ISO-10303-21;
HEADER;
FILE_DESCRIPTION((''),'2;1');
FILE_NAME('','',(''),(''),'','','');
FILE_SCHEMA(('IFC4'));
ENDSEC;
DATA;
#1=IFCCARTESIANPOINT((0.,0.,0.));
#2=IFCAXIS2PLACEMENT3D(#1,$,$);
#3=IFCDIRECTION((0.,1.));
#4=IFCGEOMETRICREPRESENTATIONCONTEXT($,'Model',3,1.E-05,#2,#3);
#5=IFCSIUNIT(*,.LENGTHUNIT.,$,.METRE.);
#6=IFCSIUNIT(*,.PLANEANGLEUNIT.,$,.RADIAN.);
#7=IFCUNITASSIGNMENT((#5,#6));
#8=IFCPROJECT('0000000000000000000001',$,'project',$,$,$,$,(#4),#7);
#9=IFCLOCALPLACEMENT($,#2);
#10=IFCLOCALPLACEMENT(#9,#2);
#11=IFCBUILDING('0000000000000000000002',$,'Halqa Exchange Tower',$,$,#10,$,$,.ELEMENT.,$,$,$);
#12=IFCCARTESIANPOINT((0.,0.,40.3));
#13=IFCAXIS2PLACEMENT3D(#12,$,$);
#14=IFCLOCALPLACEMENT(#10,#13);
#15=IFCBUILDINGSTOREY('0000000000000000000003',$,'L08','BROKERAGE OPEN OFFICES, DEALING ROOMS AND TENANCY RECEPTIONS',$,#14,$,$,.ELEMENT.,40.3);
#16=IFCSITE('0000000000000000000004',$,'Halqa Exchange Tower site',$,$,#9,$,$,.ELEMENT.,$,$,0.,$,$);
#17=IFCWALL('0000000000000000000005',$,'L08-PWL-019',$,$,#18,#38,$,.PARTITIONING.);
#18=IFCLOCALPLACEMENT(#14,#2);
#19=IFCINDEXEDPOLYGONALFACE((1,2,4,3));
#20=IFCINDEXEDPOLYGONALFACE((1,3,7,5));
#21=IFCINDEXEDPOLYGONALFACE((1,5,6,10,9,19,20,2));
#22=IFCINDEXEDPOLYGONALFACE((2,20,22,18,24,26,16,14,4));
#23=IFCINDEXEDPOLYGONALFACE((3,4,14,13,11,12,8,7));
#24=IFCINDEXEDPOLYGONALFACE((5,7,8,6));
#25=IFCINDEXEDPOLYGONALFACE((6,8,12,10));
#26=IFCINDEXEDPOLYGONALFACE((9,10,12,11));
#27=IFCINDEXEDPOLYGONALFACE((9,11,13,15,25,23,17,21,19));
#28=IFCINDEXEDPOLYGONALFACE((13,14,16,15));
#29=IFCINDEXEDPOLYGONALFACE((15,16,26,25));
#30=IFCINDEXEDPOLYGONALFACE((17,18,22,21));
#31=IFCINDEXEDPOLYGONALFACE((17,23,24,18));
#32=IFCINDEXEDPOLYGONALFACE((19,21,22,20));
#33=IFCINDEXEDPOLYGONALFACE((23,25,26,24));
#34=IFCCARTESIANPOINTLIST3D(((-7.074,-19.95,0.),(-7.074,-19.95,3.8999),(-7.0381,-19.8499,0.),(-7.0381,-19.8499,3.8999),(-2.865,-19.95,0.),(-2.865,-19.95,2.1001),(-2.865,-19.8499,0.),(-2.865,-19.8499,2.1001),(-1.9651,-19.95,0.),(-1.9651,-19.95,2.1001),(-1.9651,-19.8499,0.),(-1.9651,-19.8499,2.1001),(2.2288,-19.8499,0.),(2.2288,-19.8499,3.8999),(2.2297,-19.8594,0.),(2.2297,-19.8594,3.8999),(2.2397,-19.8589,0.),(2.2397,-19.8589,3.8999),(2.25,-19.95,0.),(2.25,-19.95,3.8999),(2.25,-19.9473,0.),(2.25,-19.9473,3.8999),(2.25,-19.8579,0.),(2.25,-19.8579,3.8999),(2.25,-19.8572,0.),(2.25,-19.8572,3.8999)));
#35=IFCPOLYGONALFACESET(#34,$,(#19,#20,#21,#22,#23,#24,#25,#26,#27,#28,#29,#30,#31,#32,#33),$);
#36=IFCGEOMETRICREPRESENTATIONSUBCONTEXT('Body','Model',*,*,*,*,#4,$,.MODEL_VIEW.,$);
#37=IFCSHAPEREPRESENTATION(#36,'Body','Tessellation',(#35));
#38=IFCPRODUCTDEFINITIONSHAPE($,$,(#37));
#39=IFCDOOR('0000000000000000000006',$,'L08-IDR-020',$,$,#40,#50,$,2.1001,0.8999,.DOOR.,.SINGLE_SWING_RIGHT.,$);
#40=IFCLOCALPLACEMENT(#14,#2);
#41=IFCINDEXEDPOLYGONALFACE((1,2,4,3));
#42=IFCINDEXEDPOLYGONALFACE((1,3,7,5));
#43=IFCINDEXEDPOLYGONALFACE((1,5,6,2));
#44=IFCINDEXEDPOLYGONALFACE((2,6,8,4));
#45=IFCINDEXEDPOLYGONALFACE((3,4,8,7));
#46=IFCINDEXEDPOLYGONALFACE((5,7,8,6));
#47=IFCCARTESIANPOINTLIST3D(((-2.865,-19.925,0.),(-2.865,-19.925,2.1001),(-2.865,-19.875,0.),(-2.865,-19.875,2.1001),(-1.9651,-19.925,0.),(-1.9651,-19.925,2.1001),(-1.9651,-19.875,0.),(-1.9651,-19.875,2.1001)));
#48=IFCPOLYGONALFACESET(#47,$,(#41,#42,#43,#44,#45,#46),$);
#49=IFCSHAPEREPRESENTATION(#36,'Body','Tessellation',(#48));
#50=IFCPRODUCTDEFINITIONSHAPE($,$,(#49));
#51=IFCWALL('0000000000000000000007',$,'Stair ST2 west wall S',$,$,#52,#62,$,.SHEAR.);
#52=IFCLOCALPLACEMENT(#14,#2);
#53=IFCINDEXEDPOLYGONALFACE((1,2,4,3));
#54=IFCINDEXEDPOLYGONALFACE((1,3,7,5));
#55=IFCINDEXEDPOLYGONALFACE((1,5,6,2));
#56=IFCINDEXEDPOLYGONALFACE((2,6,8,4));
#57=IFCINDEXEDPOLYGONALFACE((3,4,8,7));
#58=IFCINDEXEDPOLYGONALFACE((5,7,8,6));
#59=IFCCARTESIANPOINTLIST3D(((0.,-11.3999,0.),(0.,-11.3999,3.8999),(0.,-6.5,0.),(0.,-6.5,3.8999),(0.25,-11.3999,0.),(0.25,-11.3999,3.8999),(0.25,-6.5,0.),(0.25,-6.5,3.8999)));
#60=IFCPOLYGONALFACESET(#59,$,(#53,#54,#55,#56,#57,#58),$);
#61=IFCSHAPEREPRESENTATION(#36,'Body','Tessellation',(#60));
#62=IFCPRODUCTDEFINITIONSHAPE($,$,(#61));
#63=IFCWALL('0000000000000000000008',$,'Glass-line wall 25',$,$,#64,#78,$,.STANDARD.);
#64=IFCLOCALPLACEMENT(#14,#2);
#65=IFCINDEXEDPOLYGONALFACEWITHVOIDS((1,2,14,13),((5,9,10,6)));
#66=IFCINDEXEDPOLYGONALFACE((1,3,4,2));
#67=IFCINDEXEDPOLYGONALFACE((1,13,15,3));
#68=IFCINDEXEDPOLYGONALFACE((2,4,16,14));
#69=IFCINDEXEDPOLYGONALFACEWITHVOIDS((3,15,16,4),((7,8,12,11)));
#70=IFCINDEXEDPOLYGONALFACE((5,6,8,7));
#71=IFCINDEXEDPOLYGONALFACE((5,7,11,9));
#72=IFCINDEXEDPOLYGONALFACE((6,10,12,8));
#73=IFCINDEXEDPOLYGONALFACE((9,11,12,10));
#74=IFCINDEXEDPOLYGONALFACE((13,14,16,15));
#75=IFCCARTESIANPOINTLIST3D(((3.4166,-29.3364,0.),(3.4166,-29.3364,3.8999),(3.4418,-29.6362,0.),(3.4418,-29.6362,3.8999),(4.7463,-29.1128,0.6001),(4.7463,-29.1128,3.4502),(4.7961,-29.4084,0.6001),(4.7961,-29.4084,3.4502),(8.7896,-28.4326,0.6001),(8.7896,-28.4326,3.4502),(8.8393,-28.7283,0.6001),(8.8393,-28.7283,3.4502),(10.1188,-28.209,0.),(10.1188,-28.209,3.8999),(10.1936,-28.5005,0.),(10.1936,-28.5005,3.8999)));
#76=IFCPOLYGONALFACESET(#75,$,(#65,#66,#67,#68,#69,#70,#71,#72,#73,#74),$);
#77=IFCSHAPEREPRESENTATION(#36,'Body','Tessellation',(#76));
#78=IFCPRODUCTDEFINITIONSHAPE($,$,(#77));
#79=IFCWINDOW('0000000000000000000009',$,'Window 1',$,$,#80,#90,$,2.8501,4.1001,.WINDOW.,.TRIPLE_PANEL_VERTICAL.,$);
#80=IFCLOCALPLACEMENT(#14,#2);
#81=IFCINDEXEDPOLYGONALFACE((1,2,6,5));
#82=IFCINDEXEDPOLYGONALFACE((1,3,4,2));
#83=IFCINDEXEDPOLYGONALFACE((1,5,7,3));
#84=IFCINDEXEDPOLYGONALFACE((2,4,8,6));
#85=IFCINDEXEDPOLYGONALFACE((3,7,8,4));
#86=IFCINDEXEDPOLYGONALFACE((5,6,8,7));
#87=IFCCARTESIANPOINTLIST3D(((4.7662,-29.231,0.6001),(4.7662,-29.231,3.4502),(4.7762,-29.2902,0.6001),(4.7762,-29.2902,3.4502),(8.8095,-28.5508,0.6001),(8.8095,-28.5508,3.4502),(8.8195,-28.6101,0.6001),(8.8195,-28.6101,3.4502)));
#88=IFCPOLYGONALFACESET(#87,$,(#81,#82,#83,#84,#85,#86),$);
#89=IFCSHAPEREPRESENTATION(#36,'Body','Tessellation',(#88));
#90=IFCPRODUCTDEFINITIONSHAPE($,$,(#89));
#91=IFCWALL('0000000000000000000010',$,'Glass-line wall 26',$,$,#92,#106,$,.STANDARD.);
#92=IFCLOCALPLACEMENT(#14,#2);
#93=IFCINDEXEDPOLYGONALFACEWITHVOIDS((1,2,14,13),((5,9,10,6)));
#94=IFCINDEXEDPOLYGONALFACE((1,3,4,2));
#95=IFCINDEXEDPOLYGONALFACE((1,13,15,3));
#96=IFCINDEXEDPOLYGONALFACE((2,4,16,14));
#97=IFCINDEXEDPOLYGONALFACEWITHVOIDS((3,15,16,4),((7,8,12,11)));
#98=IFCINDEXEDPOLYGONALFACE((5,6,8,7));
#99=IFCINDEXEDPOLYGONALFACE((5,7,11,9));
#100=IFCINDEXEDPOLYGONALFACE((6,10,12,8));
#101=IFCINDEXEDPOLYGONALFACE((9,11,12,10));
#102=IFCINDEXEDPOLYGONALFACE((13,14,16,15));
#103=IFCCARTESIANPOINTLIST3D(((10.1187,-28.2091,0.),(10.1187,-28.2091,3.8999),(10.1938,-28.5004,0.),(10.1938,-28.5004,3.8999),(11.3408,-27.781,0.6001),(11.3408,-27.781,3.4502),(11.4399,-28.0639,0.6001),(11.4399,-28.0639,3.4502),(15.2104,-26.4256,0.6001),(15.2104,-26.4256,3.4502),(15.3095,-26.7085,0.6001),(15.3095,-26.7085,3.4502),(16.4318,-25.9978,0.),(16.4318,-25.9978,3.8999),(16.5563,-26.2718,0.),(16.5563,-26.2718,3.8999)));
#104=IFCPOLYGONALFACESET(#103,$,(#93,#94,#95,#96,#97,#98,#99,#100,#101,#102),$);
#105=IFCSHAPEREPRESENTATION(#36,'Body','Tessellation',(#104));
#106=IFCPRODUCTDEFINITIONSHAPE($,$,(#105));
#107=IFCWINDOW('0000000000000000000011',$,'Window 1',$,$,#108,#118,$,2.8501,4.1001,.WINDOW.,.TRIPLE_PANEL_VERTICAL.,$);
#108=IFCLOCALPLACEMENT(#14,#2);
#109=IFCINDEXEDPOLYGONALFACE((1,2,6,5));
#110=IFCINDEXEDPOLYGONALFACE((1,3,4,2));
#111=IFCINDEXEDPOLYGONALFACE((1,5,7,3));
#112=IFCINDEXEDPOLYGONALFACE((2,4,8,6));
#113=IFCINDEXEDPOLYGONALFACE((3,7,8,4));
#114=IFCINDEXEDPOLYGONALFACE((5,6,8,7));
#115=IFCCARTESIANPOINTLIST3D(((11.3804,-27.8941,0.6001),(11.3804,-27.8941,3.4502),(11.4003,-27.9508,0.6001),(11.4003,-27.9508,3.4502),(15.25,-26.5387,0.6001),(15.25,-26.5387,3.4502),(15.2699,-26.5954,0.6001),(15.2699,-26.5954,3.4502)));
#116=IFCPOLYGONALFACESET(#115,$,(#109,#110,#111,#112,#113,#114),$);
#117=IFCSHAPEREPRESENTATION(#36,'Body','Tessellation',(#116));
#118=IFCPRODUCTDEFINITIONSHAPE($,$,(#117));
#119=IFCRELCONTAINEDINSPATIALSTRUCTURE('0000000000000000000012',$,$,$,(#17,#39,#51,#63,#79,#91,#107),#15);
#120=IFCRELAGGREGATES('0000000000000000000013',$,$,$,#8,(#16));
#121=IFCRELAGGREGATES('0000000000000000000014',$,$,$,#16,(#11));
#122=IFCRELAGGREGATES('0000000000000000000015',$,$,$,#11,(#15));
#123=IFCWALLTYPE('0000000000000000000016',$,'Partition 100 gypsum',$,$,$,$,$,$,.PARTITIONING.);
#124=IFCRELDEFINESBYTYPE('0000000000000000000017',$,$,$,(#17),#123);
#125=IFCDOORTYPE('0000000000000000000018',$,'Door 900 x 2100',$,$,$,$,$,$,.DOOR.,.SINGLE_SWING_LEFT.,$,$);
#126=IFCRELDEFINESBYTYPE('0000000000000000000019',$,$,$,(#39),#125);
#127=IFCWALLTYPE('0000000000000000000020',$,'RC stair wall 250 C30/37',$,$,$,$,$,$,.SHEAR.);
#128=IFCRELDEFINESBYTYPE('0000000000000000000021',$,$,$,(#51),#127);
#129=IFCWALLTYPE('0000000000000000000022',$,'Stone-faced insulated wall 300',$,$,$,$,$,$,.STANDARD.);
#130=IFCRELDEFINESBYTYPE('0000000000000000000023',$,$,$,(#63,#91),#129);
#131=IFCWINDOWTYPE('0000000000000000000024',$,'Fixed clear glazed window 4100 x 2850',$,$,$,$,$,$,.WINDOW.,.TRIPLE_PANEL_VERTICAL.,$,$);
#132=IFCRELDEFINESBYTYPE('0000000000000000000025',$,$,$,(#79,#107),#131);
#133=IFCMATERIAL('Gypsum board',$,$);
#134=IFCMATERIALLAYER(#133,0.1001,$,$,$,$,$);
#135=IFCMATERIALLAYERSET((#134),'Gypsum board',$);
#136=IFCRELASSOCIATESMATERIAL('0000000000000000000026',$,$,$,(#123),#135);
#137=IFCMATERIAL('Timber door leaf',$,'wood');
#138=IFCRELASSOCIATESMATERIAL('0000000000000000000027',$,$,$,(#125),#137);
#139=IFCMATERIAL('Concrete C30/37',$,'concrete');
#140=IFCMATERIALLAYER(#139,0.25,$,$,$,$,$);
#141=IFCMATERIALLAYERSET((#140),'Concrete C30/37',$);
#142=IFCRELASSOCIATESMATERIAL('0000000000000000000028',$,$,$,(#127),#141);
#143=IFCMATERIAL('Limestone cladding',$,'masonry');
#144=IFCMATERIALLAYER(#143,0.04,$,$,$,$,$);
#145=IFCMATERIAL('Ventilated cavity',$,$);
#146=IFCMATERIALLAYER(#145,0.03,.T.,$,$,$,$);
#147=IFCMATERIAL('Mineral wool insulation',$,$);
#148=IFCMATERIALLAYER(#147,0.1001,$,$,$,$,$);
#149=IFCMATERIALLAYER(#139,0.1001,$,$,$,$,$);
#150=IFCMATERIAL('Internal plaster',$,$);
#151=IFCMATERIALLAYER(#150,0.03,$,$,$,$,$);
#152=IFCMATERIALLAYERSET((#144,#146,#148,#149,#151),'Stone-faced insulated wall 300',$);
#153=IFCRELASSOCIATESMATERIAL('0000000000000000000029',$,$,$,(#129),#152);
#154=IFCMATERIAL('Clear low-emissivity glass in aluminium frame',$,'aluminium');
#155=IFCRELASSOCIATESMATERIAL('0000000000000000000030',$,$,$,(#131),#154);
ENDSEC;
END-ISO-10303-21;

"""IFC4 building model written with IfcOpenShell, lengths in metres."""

from ifc_helpers import new_model, si_unit, direction, frame, frame_2d, origin, place, context, subcontext, project, spatial, polyline, rectangle, outline, extrude, material, layer, layer_set, type_object, element, fill, save


model = new_model("IFC4")

# Units and contexts
model_context = context("Model", 3, precision=1e-05, world=origin(), true_north=direction((0.0, 1.0)))
body_context = subcontext(model_context, "Body", "Model", "MODEL_VIEW")
ifc_project = project(units=[si_unit("LENGTHUNIT", "METRE"), si_unit("PLANEANGLEUNIT", "RADIAN")], contexts=[model_context])

# Site, building, storey
site_placement = place(None, origin())
site = spatial("IfcSite", under=ifc_project, at=site_placement, Name="Halqa Exchange Tower site", CompositionType="ELEMENT", RefElevation=0.0)
building_placement = place(site_placement, origin())
building = spatial("IfcBuilding", under=site, at=building_placement, Name="Halqa Exchange Tower", CompositionType="ELEMENT")
storey_placement = place(building_placement, frame((0.0, 0.0, 40.3)))
storey = spatial("IfcBuildingStorey", under=building, at=storey_placement, Name="L08", Description="BROKERAGE OPEN OFFICES, DEALING ROOMS AND TENANCY RECEPTIONS", CompositionType="ELEMENT", Elevation=40.3)

# Wall, opening, door
ifc_material_1 = material(Name="Gypsum board")
ifc_layer_1 = layer(ifc_material_1, 0.1001)
ifc_layer_set_1 = layer_set([ifc_layer_1], Name="Gypsum board")
wall_type_1 = type_object("IfcWallType", Name="Partition 100 gypsum", PredefinedType="PARTITIONING", material=ifc_layer_set_1)
wall_1_placement = place(storey_placement, frame((2.25, -19.8999, 0.0), z_axis=(0.0, 0.0, 1.0), x_axis=(-1.0, 0.0, 0.0)))
wall_1 = element("IfcWall", 1, at=wall_1_placement, inside=storey, type_object=wall_type_1, Name="L08-PWL-019", PredefinedType="PARTITIONING", context=body_context, shape_type="SweptSolid", body=[
    extrude(outline(polyline([(0.0212, -0.05), (1.8748, -0.05), (3.728, -0.05), (5.5813, -0.05), (7.4348, -0.05), (9.2881, -0.05), (9.324, 0.05), (9.324, 0.05), (7.4592, 0.05), (5.5945, 0.05), (3.7295, 0.05), (1.8647, 0.05), (0.0, 0.05), (0.0, 0.0474), (0.0103, -0.041), (0.0, -0.042), (0.0, -0.0427), (0.0203, -0.0405), (0.0212, -0.05)])), origin(), (0.0, 0.0, 1.0), 3.8999),
])
opening_1_placement = place(wall_1_placement, frame((4.2151, 0.0, 0.0)))
opening_1 = element("IfcOpeningElement", 2, at=opening_1_placement, cuts=wall_1, PredefinedType="OPENING", context=body_context, shape_type="SweptSolid", body=[
    extrude(rectangle(XDim=0.8999, YDim=2.1001, at=frame_2d((0.45, 1.05))), frame((0.0, 0.062, 0.0), z_axis=(0.0, -1.0, 0.0), x_axis=(1.0, 0.0, 0.0)), (0.0, 0.0, 1.0), 0.124),
])
ifc_material_2 = material(Name="Timber door leaf", Category="wood")
door_type = type_object("IfcDoorType", Name="Door 900 x 2100", OperationType="SINGLE_SWING_LEFT", PredefinedType="DOOR", material=ifc_material_2)
door_placement = place(opening_1_placement, frame((0.8999, 0.0, 0.0), z_axis=(0.0, 0.0, 1.0), x_axis=(-1.0, 0.0, 0.0)))
door = element("IfcDoor", 3, at=door_placement, inside=storey, type_object=door_type, Name="L08-IDR-020", OperationType="SINGLE_SWING_RIGHT", OverallHeight=2.1001, OverallWidth=0.8999, PredefinedType="DOOR", context=body_context, shape_type="SweptSolid", body=[
    extrude(rectangle(XDim=0.8999, YDim=2.1001, at=frame_2d((0.45, 1.05))), frame((0.0, 0.0249, 0.0), z_axis=(0.0, -1.0, 0.0), x_axis=(1.0, 0.0, 0.0)), (0.0, 0.0, 1.0), 0.05),
])
fill(opening_1, door)

# Wall
ifc_material_3 = material(Name="Concrete C30/37", Category="concrete")
ifc_layer_2 = layer(ifc_material_3, 0.25)
ifc_layer_set_2 = layer_set([ifc_layer_2], Name="Concrete C30/37")
wall_type_2 = type_object("IfcWallType", Name="RC stair wall 250 C30/37", PredefinedType="SHEAR", material=ifc_layer_set_2)
wall_2_placement = place(storey_placement, frame((0.125, -11.3999, 0.0), z_axis=(0.0, 0.0, 1.0), x_axis=(0.0, 1.0, 0.0)))
element("IfcWall", 4, at=wall_2_placement, inside=storey, type_object=wall_type_2, Name="Stair ST2 west wall S", PredefinedType="SHEAR", context=body_context, shape_type="SweptSolid", body=[
    extrude(rectangle(XDim=4.8999, YDim=0.25, at=frame_2d((2.45, 0.0))), origin(), (0.0, 0.0, 1.0), 3.8999),
])

# Walls, openings, windows
ifc_material_4 = material(Name="Limestone cladding", Category="masonry")
ifc_layer_3 = layer(ifc_material_4, 0.04)
ifc_material_5 = material(Name="Ventilated cavity")
ifc_layer_4 = layer(ifc_material_5, 0.03, ventilated=True)
ifc_material_6 = material(Name="Mineral wool insulation")
ifc_layer_5 = layer(ifc_material_6, 0.1001)
ifc_layer_6 = layer(ifc_material_3, 0.1001)
ifc_material_7 = material(Name="Internal plaster")
ifc_layer_7 = layer(ifc_material_7, 0.03)
ifc_layer_set_3 = layer_set([ifc_layer_3, ifc_layer_4, ifc_layer_5, ifc_layer_6, ifc_layer_7], Name="Stone-faced insulated wall 300")
wall_type_3 = type_object("IfcWallType", Name="Stone-faced insulated wall 300", PredefinedType="STANDARD", material=ifc_layer_set_3)
wall_3_placement = place(storey_placement, frame((3.4292, -29.4863, 0.0), z_axis=(0.0, 0.0, 1.0), x_axis=(0.986145, 0.165885, 0.0)))
wall_3 = element("IfcWall", 5, at=wall_3_placement, inside=storey, type_object=wall_type_3, Name="Glass-line wall 25", PredefinedType="STANDARD", context=body_context, shape_type="SweptSolid", body=[
    extrude(outline(polyline([(-0.0125, -0.1499), (6.8342, -0.1499), (6.8088, 0.1499), (0.0125, 0.1499), (-0.0125, -0.1499)])), origin(), (0.0, 0.0, 1.0), 3.8999),
])
opening_2_placement = place(wall_3_placement, frame((1.3608, 0.0, 0.6001)))
opening_2 = element("IfcOpeningElement", 6, at=opening_2_placement, cuts=wall_3, PredefinedType="OPENING", context=body_context, shape_type="SweptSolid", body=[
    extrude(rectangle(XDim=4.1001, YDim=2.8501, at=frame_2d((2.05, 1.425))), frame((0.0, 0.1621, 0.0), z_axis=(0.0, -1.0, 0.0), x_axis=(1.0, 0.0, 0.0)), (0.0, 0.0, 1.0), 0.324),
])
ifc_material_8 = material(Name="Clear low-emissivity glass in aluminium frame", Category="aluminium")
window_type = type_object("IfcWindowType", Name="Fixed clear glazed window 4100 x 2850", PartitioningType="TRIPLE_PANEL_VERTICAL", PredefinedType="WINDOW", material=ifc_material_8)
window_1_placement = place(opening_2_placement, origin())
window_1 = element("IfcWindow", 7, at=window_1_placement, inside=storey, type_object=window_type, Name="Window 1", OverallHeight=2.8501, OverallWidth=4.1001, PartitioningType="TRIPLE_PANEL_VERTICAL", PredefinedType="WINDOW", context=body_context, shape_type="SweptSolid", body=[
    extrude(rectangle(XDim=4.1001, YDim=2.8501, at=frame_2d((2.05, 1.425))), frame((0.0, 0.03, 0.0), z_axis=(0.0, -1.0, 0.0), x_axis=(1.0, 0.0, 0.0)), (0.0, 0.0, 1.0), 0.0601),
])
fill(opening_2, window_1)
wall_4_placement = place(storey_placement, frame((10.1562, -28.3547, 0.0), z_axis=(0.0, 0.0, 1.0), x_axis=(0.943779, 0.330577, 0.0)))
wall_4 = element("IfcWall", 8, at=wall_4_placement, inside=storey, type_object=wall_type_3, Name="Glass-line wall 26", PredefinedType="STANDARD", context=body_context, shape_type="SweptSolid", body=[
    extrude(outline(polyline([(-0.0127, -0.1499), (6.7288, -0.1499), (6.7019, 0.1499), (0.0127, 0.1499), (-0.0127, -0.1499)])), origin(), (0.0, 0.0, 1.0), 3.8999),
])
opening_3_placement = place(wall_4_placement, frame((1.3076, 0.0, 0.6001)))
opening_3 = element("IfcOpeningElement", 9, at=opening_3_placement, cuts=wall_4, PredefinedType="OPENING", context=body_context, shape_type="SweptSolid", body=[
    extrude(rectangle(XDim=4.1001, YDim=2.8501, at=frame_2d((2.05, 1.425))), frame((0.0, 0.1621, 0.0), z_axis=(0.0, -1.0, 0.0), x_axis=(1.0, 0.0, 0.0)), (0.0, 0.0, 1.0), 0.324),
])
window_2_placement = place(opening_3_placement, origin())
window_2 = element("IfcWindow", 10, at=window_2_placement, inside=storey, type_object=window_type, Name="Window 1", OverallHeight=2.8501, OverallWidth=4.1001, PartitioningType="TRIPLE_PANEL_VERTICAL", PredefinedType="WINDOW", context=body_context, shape_type="SweptSolid", body=[
    extrude(rectangle(XDim=4.1001, YDim=2.8501, at=frame_2d((2.05, 1.425))), frame((0.0, 0.03, 0.0), z_axis=(0.0, -1.0, 0.0), x_axis=(1.0, 0.0, 0.0)), (0.0, 0.0, 1.0), 0.0601),
])
fill(opening_3, window_2)

save(model, "model.ifc")
